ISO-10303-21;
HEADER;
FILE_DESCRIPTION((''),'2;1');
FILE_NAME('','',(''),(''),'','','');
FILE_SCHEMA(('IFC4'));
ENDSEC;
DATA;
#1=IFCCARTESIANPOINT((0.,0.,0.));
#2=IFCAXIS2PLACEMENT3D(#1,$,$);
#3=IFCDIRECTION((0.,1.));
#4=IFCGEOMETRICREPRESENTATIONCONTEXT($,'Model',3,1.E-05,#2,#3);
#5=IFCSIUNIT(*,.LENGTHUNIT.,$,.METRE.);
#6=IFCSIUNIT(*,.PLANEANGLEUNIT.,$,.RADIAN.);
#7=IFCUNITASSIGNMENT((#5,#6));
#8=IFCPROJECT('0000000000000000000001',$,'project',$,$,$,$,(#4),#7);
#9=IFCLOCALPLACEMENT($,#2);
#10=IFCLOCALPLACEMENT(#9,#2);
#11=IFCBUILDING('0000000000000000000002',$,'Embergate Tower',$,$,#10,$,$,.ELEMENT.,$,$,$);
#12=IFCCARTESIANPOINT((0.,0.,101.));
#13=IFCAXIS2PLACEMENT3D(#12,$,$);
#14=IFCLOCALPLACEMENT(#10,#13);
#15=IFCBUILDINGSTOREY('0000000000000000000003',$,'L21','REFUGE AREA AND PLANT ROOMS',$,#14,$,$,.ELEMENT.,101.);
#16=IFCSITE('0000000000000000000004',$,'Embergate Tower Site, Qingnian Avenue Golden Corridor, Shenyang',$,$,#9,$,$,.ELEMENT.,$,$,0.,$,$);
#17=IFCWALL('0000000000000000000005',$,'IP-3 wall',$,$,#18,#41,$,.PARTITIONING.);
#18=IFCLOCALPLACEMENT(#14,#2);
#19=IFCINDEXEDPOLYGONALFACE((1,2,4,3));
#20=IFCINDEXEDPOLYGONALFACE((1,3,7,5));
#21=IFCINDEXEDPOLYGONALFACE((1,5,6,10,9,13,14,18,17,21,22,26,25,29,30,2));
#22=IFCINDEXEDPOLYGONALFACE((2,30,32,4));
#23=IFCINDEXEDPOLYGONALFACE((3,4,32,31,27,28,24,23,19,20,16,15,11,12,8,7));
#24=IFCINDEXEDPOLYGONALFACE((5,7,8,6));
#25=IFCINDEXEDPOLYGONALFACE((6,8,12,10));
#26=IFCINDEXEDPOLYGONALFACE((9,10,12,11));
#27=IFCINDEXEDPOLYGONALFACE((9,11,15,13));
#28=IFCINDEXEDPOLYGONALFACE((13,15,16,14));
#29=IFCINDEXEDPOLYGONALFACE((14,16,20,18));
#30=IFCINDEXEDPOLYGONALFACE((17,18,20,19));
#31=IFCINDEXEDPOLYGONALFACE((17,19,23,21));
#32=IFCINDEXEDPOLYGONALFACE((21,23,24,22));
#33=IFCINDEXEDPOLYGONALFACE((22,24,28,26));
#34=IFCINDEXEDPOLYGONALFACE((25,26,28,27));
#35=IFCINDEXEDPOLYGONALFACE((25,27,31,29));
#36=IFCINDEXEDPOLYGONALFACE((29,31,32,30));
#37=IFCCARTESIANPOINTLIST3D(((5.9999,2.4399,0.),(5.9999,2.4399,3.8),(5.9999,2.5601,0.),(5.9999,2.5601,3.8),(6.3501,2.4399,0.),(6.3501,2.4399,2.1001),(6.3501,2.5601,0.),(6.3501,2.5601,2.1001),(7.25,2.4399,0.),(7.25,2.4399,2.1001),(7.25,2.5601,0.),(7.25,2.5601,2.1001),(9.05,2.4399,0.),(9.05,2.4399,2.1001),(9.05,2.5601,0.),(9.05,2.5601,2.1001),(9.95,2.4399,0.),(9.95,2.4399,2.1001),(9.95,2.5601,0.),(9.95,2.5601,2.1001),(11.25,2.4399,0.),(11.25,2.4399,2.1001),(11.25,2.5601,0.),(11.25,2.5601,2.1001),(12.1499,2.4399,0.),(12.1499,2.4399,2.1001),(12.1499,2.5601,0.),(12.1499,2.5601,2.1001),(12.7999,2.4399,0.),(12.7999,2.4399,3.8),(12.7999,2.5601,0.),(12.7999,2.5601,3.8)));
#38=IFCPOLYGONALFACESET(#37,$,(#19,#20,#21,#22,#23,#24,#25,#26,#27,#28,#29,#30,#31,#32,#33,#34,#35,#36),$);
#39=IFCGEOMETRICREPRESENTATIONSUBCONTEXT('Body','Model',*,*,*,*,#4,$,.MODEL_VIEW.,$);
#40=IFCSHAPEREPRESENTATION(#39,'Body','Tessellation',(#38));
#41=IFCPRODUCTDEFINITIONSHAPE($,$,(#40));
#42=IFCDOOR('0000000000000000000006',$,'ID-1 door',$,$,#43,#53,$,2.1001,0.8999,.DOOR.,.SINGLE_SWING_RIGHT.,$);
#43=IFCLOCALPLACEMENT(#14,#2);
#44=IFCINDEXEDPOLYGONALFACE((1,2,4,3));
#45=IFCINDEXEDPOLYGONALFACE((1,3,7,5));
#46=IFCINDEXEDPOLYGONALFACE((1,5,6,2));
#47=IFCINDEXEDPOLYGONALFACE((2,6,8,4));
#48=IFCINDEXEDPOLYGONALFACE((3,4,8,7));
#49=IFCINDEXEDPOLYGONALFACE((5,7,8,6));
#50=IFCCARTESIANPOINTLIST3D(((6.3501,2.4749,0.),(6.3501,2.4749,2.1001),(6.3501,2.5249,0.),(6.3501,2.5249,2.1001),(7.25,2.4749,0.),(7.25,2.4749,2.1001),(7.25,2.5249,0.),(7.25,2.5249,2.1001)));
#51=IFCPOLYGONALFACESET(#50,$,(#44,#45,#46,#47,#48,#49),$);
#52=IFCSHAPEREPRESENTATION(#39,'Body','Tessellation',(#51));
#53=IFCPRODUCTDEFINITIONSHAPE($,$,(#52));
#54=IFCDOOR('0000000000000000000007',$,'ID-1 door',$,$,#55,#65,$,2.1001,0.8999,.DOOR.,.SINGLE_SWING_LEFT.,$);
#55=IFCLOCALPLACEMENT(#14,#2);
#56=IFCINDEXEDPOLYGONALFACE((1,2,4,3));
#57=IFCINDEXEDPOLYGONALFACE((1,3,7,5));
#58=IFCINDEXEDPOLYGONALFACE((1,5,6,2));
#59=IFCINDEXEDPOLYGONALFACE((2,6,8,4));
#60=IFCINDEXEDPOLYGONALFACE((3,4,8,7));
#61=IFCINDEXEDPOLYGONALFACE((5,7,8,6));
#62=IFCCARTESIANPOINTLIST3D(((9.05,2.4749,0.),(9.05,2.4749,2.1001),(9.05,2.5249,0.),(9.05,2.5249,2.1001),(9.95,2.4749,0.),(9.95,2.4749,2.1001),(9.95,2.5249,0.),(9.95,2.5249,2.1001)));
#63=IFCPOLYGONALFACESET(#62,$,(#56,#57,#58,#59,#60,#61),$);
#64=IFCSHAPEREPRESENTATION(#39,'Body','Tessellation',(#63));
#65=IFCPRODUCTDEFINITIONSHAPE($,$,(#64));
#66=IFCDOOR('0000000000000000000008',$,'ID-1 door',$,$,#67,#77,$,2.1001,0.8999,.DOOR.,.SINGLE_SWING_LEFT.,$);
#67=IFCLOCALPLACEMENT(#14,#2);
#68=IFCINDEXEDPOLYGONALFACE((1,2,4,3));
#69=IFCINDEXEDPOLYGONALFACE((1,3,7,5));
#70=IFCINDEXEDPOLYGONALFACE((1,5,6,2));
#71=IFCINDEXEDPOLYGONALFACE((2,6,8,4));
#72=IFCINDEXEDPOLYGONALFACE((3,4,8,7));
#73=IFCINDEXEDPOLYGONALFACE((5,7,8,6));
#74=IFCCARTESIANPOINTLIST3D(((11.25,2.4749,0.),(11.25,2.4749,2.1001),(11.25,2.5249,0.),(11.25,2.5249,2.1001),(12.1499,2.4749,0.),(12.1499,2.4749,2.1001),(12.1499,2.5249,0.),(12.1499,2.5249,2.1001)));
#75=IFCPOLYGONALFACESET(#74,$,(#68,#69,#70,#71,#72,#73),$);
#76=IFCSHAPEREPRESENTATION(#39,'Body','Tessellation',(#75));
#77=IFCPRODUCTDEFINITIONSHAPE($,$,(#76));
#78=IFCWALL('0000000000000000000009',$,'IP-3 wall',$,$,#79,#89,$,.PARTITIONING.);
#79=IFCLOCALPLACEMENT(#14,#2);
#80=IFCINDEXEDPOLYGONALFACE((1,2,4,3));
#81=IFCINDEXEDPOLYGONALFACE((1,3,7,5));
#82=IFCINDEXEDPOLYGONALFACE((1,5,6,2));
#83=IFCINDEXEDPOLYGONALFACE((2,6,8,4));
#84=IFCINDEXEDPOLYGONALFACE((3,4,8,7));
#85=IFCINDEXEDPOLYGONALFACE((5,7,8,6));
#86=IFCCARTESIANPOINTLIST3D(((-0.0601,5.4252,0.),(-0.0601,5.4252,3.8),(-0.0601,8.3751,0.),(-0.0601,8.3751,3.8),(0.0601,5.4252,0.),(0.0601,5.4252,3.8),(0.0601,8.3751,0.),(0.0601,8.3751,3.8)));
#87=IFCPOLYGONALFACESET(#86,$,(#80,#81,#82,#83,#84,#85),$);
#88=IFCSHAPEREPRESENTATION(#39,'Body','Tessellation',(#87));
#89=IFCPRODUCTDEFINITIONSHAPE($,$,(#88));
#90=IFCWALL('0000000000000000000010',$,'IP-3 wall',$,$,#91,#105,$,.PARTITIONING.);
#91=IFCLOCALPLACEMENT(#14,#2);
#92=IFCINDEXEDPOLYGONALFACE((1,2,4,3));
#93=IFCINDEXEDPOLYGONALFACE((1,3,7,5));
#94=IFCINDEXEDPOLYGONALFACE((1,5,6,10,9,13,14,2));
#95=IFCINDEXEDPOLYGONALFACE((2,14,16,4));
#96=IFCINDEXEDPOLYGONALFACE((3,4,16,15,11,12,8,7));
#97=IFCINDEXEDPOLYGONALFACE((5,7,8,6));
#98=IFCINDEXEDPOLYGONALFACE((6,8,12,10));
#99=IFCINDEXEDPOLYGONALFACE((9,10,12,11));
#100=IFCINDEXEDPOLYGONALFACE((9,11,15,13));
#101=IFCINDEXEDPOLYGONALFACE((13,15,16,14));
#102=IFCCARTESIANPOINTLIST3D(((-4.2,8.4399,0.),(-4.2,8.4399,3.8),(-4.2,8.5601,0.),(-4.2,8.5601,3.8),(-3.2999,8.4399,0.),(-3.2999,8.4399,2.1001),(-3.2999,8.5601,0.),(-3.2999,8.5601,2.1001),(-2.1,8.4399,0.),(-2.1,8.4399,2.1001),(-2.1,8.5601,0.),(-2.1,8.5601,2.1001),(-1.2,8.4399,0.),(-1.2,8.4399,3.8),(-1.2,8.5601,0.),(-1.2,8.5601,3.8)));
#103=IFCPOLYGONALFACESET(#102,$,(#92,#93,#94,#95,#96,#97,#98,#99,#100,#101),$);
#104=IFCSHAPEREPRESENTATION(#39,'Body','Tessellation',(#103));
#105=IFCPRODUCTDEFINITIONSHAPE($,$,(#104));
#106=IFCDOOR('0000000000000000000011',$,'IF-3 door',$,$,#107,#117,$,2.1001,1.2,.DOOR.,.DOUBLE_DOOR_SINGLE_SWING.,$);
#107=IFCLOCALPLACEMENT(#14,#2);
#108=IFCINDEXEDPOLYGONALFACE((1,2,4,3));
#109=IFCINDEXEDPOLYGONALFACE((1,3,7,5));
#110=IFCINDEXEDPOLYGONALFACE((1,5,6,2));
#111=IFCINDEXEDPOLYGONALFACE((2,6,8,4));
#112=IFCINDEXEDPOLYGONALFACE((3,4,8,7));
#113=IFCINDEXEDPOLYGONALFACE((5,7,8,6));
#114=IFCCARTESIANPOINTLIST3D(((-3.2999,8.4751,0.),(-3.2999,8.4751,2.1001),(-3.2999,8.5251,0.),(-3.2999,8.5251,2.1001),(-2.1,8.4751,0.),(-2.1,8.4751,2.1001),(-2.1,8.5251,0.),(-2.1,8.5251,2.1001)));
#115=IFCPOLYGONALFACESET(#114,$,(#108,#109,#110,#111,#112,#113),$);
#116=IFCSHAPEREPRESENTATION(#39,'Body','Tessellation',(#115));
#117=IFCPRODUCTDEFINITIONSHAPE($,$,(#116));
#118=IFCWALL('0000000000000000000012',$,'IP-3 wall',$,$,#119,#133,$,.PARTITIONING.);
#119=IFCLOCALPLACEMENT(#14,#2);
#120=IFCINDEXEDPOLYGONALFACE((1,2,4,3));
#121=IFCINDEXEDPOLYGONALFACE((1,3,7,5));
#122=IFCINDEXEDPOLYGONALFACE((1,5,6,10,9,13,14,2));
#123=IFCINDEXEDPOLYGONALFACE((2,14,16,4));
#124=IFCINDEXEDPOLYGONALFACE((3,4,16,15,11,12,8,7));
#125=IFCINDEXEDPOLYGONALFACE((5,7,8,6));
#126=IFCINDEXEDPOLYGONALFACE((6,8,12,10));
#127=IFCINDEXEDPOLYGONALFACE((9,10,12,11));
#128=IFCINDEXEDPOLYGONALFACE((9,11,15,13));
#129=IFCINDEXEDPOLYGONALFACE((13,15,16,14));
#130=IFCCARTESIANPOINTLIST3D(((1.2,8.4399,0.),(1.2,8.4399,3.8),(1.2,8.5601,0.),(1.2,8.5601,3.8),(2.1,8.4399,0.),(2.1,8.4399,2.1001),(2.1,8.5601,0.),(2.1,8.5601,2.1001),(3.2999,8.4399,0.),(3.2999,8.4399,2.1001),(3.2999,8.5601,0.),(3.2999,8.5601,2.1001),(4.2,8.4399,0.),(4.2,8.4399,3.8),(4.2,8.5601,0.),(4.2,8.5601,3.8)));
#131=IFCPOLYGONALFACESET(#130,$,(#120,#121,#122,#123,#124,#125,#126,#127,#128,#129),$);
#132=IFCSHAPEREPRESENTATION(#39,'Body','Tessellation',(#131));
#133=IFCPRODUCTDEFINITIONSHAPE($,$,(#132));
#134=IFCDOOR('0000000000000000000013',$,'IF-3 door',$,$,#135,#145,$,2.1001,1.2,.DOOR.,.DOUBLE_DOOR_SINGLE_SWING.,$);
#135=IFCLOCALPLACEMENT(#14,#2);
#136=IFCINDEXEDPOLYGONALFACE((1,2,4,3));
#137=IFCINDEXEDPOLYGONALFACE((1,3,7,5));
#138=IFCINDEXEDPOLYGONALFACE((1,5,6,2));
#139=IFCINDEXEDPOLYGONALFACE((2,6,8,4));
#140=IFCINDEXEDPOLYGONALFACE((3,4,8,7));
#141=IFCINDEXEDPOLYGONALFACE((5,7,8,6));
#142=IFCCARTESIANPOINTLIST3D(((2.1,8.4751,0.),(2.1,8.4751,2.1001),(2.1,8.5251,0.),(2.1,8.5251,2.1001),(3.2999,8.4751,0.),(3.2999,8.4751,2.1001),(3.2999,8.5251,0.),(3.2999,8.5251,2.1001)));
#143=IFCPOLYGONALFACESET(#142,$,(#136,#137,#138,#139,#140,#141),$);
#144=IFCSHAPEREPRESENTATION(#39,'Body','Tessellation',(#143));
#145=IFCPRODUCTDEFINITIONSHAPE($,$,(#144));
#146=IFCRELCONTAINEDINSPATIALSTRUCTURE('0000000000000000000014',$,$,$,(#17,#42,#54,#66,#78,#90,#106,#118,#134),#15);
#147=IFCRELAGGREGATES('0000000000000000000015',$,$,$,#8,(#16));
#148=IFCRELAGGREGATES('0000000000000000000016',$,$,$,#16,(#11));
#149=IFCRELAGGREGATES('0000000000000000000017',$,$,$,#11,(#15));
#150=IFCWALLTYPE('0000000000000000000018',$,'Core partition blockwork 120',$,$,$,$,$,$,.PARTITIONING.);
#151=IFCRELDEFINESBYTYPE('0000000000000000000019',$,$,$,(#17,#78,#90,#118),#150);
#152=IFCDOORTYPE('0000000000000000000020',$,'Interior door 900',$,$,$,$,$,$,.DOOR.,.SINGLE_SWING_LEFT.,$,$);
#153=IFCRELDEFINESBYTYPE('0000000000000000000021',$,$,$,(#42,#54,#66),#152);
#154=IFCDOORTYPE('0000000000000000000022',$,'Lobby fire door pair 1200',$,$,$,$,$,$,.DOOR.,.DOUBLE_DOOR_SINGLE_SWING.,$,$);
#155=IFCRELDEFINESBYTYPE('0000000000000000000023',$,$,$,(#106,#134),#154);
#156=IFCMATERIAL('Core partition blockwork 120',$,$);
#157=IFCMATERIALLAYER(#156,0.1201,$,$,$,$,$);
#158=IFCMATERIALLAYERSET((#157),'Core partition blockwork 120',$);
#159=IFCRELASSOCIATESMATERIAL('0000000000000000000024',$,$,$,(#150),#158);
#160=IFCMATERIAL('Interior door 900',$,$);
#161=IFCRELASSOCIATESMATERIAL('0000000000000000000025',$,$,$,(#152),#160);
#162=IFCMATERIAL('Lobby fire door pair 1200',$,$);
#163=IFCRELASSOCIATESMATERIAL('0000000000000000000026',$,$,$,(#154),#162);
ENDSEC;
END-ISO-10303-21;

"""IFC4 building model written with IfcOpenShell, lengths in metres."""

from ifc_helpers import new_model, si_unit, direction, frame, frame_2d, origin, place, context, subcontext, project, spatial, rectangle, extrude, source, transform, mapped, material, layer, layer_set, type_object, element, fill, save


model = new_model("IFC4")

# Units and contexts
model_context = context("Model", 3, precision=1e-05, world=origin(), true_north=direction((0.0, 1.0)))
body_context = subcontext(model_context, "Body", "Model", "MODEL_VIEW")
ifc_project = project(units=[si_unit("LENGTHUNIT", "METRE"), si_unit("PLANEANGLEUNIT", "RADIAN")], contexts=[model_context])

# Site, building, storey
site_placement = place(None, origin())
site = spatial("IfcSite", under=ifc_project, at=site_placement, Name="Embergate Tower Site, Qingnian Avenue Golden Corridor, Shenyang", CompositionType="ELEMENT", RefElevation=0.0)
building_placement = place(site_placement, origin())
building = spatial("IfcBuilding", under=site, at=building_placement, Name="Embergate Tower", CompositionType="ELEMENT")
storey_placement = place(building_placement, frame((0.0, 0.0, 101.0)))
storey = spatial("IfcBuildingStorey", under=building, at=storey_placement, Name="L21", Description="REFUGE AREA AND PLANT ROOMS", CompositionType="ELEMENT", Elevation=101.0)

# Shared definitions
shared_shape_1 = source(origin(), body_context, "Body", "SweptSolid", [
    extrude(rectangle(XDim=1.2, YDim=2.1001, at=frame_2d((0.6001, 1.05))), frame((0.0, 0.0249, 0.0), z_axis=(0.0, -1.0, 0.0), x_axis=(1.0, 0.0, 0.0)), (0.0, 0.0, 1.0), 0.05),
])

# Wall, openings, doors
ifc_material_1 = material(Name="Core partition blockwork 120")
ifc_layer_1 = layer(ifc_material_1, 0.1201)
ifc_layer_set_1 = layer_set([ifc_layer_1], Name="Core partition blockwork 120")
wall_type_1 = type_object("IfcWallType", Name="Core partition blockwork 120", PredefinedType="PARTITIONING", material=ifc_layer_set_1)
shared_shape_2 = source(origin(), body_context, "Body", "SweptSolid", [
    extrude(rectangle(XDim=6.8, YDim=0.1201, at=frame_2d((3.3999, 0.0))), origin(), (0.0, 0.0, 1.0), 3.8),
])
wall_1_placement = place(storey_placement, frame((6.0, 2.5, 0.0), z_axis=(0.0, 0.0, 1.0), x_axis=(1.0, 0.0, 0.0)))
wall_1 = element("IfcWall", 1, at=wall_1_placement, inside=storey, type_object=wall_type_1, Name="IP-3 wall", PredefinedType="PARTITIONING", context=body_context, shape_type="MappedRepresentation", body=[
    mapped(shared_shape_2, transform((0.0, 0.0, 0.0))),
])
shared_shape_3 = source(origin(), body_context, "Body", "SweptSolid", [
    extrude(rectangle(XDim=0.8999, YDim=2.1001, at=frame_2d((0.45, 1.05))), frame((0.0, 0.0701, 0.0), z_axis=(0.0, -1.0, 0.0), x_axis=(1.0, 0.0, 0.0)), (0.0, 0.0, 1.0), 0.1401),
])
opening_1_placement = place(wall_1_placement, frame((0.3501, 0.0, 0.0)))
opening_1 = element("IfcOpeningElement", 2, at=opening_1_placement, cuts=wall_1, PredefinedType="OPENING", context=body_context, shape_type="MappedRepresentation", body=[
    mapped(shared_shape_3, transform((0.0, 0.0, 0.0))),
])
opening_2_placement = place(wall_1_placement, frame((3.05, 0.0, 0.0)))
opening_2 = element("IfcOpeningElement", 3, at=opening_2_placement, cuts=wall_1, PredefinedType="OPENING", context=body_context, shape_type="MappedRepresentation", body=[
    mapped(shared_shape_3, transform((0.0, 0.0, 0.0))),
])
opening_3_placement = place(wall_1_placement, frame((5.25, 0.0, 0.0)))
opening_3 = element("IfcOpeningElement", 4, at=opening_3_placement, cuts=wall_1, PredefinedType="OPENING", context=body_context, shape_type="MappedRepresentation", body=[
    mapped(shared_shape_3, transform((0.0, 0.0, 0.0))),
])
ifc_material_2 = material(Name="Interior door 900")
door_type_1 = type_object("IfcDoorType", Name="Interior door 900", OperationType="SINGLE_SWING_LEFT", PredefinedType="DOOR", material=ifc_material_2)
shared_shape_4 = source(origin(), body_context, "Body", "SweptSolid", [
    extrude(rectangle(XDim=0.8999, YDim=2.1001, at=frame_2d((0.45, 1.05))), frame((0.0, 0.0249, 0.0), z_axis=(0.0, -1.0, 0.0), x_axis=(1.0, 0.0, 0.0)), (0.0, 0.0, 1.0), 0.05),
])
door_1_placement = place(opening_1_placement, origin())
door_1 = element("IfcDoor", 5, at=door_1_placement, inside=storey, type_object=door_type_1, Name="ID-1 door", OperationType="SINGLE_SWING_RIGHT", OverallHeight=2.1001, OverallWidth=0.8999, PredefinedType="DOOR", context=body_context, shape_type="MappedRepresentation", body=[
    mapped(shared_shape_4, transform((0.0, 0.0, 0.0))),
])
fill(opening_1, door_1)
door_2_placement = place(opening_2_placement, origin())
door_2 = element("IfcDoor", 6, at=door_2_placement, inside=storey, type_object=door_type_1, Name="ID-1 door", OperationType="SINGLE_SWING_LEFT", OverallHeight=2.1001, OverallWidth=0.8999, PredefinedType="DOOR", context=body_context, shape_type="MappedRepresentation", body=[
    mapped(shared_shape_4, transform((0.0, 0.0, 0.0))),
])
fill(opening_2, door_2)
door_3_placement = place(opening_3_placement, origin())
door_3 = element("IfcDoor", 7, at=door_3_placement, inside=storey, type_object=door_type_1, Name="ID-1 door", OperationType="SINGLE_SWING_LEFT", OverallHeight=2.1001, OverallWidth=0.8999, PredefinedType="DOOR", context=body_context, shape_type="MappedRepresentation", body=[
    mapped(shared_shape_4, transform((0.0, 0.0, 0.0))),
])
fill(opening_3, door_3)

# Wall
shared_shape_5 = source(origin(), body_context, "Body", "SweptSolid", [
    extrude(rectangle(XDim=2.95, YDim=0.1201, at=frame_2d((1.4751, 0.0))), origin(), (0.0, 0.0, 1.0), 3.8),
])
wall_2_placement = place(storey_placement, frame((0.0, 5.425, 0.0), z_axis=(0.0, 0.0, 1.0), x_axis=(0.0, 1.0, 0.0)))
element("IfcWall", 8, at=wall_2_placement, inside=storey, type_object=wall_type_1, Name="IP-3 wall", PredefinedType="PARTITIONING", context=body_context, shape_type="MappedRepresentation", body=[
    mapped(shared_shape_5, transform((0.0, 0.0, 0.0))),
])

# Walls, openings, doors
shared_shape_6 = source(origin(), body_context, "Body", "SweptSolid", [
    extrude(rectangle(XDim=3.0, YDim=0.1201, at=frame_2d((1.5, 0.0))), origin(), (0.0, 0.0, 1.0), 3.8),
])
wall_3_placement = place(storey_placement, frame((-1.2, 8.5, 0.0), z_axis=(0.0, 0.0, 1.0), x_axis=(-1.0, 0.0, 0.0)))
wall_3 = element("IfcWall", 9, at=wall_3_placement, inside=storey, type_object=wall_type_1, Name="IP-3 wall", PredefinedType="PARTITIONING", context=body_context, shape_type="MappedRepresentation", body=[
    mapped(shared_shape_6, transform((0.0, 0.0, 0.0))),
])
shared_shape_7 = source(origin(), body_context, "Body", "SweptSolid", [
    extrude(rectangle(XDim=1.2, YDim=2.1001, at=frame_2d((0.6001, 1.05))), frame((0.0, 0.0701, 0.0), z_axis=(0.0, -1.0, 0.0), x_axis=(1.0, 0.0, 0.0)), (0.0, 0.0, 1.0), 0.1401),
])
opening_4_placement = place(wall_3_placement, frame((0.8999, 0.0, 0.0)))
opening_4 = element("IfcOpeningElement", 10, at=opening_4_placement, cuts=wall_3, PredefinedType="OPENING", context=body_context, shape_type="MappedRepresentation", body=[
    mapped(shared_shape_7, transform((0.0, 0.0, 0.0))),
])
ifc_material_3 = material(Name="Lobby fire door pair 1200")
door_type_2 = type_object("IfcDoorType", Name="Lobby fire door pair 1200", OperationType="DOUBLE_DOOR_SINGLE_SWING", PredefinedType="DOOR", material=ifc_material_3)
door_4_placement = place(opening_4_placement, origin())
door_4 = element("IfcDoor", 11, at=door_4_placement, inside=storey, type_object=door_type_2, Name="IF-3 door", OperationType="DOUBLE_DOOR_SINGLE_SWING", OverallHeight=2.1001, OverallWidth=1.2, PredefinedType="DOOR", context=body_context, shape_type="MappedRepresentation", body=[
    mapped(shared_shape_1, transform((0.0, 0.0, 0.0))),
])
fill(opening_4, door_4)
wall_4_placement = place(storey_placement, frame((4.2, 8.5, 0.0), z_axis=(0.0, 0.0, 1.0), x_axis=(-1.0, 0.0, 0.0)))
wall_4 = element("IfcWall", 12, at=wall_4_placement, inside=storey, type_object=wall_type_1, Name="IP-3 wall", PredefinedType="PARTITIONING", context=body_context, shape_type="MappedRepresentation", body=[
    mapped(shared_shape_6, transform((0.0, 0.0, 0.0))),
])
opening_5_placement = place(wall_4_placement, frame((0.8999, 0.0, 0.0)))
opening_5 = element("IfcOpeningElement", 13, at=opening_5_placement, cuts=wall_4, PredefinedType="OPENING", context=body_context, shape_type="MappedRepresentation", body=[
    mapped(shared_shape_7, transform((0.0, 0.0, 0.0))),
])
door_5_placement = place(opening_5_placement, origin())
door_5 = element("IfcDoor", 14, at=door_5_placement, inside=storey, type_object=door_type_2, Name="IF-3 door", OperationType="DOUBLE_DOOR_SINGLE_SWING", OverallHeight=2.1001, OverallWidth=1.2, PredefinedType="DOOR", context=body_context, shape_type="MappedRepresentation", body=[
    mapped(shared_shape_1, transform((0.0, 0.0, 0.0))),
])
fill(opening_5, door_5)

save(model, "model.ifc")
